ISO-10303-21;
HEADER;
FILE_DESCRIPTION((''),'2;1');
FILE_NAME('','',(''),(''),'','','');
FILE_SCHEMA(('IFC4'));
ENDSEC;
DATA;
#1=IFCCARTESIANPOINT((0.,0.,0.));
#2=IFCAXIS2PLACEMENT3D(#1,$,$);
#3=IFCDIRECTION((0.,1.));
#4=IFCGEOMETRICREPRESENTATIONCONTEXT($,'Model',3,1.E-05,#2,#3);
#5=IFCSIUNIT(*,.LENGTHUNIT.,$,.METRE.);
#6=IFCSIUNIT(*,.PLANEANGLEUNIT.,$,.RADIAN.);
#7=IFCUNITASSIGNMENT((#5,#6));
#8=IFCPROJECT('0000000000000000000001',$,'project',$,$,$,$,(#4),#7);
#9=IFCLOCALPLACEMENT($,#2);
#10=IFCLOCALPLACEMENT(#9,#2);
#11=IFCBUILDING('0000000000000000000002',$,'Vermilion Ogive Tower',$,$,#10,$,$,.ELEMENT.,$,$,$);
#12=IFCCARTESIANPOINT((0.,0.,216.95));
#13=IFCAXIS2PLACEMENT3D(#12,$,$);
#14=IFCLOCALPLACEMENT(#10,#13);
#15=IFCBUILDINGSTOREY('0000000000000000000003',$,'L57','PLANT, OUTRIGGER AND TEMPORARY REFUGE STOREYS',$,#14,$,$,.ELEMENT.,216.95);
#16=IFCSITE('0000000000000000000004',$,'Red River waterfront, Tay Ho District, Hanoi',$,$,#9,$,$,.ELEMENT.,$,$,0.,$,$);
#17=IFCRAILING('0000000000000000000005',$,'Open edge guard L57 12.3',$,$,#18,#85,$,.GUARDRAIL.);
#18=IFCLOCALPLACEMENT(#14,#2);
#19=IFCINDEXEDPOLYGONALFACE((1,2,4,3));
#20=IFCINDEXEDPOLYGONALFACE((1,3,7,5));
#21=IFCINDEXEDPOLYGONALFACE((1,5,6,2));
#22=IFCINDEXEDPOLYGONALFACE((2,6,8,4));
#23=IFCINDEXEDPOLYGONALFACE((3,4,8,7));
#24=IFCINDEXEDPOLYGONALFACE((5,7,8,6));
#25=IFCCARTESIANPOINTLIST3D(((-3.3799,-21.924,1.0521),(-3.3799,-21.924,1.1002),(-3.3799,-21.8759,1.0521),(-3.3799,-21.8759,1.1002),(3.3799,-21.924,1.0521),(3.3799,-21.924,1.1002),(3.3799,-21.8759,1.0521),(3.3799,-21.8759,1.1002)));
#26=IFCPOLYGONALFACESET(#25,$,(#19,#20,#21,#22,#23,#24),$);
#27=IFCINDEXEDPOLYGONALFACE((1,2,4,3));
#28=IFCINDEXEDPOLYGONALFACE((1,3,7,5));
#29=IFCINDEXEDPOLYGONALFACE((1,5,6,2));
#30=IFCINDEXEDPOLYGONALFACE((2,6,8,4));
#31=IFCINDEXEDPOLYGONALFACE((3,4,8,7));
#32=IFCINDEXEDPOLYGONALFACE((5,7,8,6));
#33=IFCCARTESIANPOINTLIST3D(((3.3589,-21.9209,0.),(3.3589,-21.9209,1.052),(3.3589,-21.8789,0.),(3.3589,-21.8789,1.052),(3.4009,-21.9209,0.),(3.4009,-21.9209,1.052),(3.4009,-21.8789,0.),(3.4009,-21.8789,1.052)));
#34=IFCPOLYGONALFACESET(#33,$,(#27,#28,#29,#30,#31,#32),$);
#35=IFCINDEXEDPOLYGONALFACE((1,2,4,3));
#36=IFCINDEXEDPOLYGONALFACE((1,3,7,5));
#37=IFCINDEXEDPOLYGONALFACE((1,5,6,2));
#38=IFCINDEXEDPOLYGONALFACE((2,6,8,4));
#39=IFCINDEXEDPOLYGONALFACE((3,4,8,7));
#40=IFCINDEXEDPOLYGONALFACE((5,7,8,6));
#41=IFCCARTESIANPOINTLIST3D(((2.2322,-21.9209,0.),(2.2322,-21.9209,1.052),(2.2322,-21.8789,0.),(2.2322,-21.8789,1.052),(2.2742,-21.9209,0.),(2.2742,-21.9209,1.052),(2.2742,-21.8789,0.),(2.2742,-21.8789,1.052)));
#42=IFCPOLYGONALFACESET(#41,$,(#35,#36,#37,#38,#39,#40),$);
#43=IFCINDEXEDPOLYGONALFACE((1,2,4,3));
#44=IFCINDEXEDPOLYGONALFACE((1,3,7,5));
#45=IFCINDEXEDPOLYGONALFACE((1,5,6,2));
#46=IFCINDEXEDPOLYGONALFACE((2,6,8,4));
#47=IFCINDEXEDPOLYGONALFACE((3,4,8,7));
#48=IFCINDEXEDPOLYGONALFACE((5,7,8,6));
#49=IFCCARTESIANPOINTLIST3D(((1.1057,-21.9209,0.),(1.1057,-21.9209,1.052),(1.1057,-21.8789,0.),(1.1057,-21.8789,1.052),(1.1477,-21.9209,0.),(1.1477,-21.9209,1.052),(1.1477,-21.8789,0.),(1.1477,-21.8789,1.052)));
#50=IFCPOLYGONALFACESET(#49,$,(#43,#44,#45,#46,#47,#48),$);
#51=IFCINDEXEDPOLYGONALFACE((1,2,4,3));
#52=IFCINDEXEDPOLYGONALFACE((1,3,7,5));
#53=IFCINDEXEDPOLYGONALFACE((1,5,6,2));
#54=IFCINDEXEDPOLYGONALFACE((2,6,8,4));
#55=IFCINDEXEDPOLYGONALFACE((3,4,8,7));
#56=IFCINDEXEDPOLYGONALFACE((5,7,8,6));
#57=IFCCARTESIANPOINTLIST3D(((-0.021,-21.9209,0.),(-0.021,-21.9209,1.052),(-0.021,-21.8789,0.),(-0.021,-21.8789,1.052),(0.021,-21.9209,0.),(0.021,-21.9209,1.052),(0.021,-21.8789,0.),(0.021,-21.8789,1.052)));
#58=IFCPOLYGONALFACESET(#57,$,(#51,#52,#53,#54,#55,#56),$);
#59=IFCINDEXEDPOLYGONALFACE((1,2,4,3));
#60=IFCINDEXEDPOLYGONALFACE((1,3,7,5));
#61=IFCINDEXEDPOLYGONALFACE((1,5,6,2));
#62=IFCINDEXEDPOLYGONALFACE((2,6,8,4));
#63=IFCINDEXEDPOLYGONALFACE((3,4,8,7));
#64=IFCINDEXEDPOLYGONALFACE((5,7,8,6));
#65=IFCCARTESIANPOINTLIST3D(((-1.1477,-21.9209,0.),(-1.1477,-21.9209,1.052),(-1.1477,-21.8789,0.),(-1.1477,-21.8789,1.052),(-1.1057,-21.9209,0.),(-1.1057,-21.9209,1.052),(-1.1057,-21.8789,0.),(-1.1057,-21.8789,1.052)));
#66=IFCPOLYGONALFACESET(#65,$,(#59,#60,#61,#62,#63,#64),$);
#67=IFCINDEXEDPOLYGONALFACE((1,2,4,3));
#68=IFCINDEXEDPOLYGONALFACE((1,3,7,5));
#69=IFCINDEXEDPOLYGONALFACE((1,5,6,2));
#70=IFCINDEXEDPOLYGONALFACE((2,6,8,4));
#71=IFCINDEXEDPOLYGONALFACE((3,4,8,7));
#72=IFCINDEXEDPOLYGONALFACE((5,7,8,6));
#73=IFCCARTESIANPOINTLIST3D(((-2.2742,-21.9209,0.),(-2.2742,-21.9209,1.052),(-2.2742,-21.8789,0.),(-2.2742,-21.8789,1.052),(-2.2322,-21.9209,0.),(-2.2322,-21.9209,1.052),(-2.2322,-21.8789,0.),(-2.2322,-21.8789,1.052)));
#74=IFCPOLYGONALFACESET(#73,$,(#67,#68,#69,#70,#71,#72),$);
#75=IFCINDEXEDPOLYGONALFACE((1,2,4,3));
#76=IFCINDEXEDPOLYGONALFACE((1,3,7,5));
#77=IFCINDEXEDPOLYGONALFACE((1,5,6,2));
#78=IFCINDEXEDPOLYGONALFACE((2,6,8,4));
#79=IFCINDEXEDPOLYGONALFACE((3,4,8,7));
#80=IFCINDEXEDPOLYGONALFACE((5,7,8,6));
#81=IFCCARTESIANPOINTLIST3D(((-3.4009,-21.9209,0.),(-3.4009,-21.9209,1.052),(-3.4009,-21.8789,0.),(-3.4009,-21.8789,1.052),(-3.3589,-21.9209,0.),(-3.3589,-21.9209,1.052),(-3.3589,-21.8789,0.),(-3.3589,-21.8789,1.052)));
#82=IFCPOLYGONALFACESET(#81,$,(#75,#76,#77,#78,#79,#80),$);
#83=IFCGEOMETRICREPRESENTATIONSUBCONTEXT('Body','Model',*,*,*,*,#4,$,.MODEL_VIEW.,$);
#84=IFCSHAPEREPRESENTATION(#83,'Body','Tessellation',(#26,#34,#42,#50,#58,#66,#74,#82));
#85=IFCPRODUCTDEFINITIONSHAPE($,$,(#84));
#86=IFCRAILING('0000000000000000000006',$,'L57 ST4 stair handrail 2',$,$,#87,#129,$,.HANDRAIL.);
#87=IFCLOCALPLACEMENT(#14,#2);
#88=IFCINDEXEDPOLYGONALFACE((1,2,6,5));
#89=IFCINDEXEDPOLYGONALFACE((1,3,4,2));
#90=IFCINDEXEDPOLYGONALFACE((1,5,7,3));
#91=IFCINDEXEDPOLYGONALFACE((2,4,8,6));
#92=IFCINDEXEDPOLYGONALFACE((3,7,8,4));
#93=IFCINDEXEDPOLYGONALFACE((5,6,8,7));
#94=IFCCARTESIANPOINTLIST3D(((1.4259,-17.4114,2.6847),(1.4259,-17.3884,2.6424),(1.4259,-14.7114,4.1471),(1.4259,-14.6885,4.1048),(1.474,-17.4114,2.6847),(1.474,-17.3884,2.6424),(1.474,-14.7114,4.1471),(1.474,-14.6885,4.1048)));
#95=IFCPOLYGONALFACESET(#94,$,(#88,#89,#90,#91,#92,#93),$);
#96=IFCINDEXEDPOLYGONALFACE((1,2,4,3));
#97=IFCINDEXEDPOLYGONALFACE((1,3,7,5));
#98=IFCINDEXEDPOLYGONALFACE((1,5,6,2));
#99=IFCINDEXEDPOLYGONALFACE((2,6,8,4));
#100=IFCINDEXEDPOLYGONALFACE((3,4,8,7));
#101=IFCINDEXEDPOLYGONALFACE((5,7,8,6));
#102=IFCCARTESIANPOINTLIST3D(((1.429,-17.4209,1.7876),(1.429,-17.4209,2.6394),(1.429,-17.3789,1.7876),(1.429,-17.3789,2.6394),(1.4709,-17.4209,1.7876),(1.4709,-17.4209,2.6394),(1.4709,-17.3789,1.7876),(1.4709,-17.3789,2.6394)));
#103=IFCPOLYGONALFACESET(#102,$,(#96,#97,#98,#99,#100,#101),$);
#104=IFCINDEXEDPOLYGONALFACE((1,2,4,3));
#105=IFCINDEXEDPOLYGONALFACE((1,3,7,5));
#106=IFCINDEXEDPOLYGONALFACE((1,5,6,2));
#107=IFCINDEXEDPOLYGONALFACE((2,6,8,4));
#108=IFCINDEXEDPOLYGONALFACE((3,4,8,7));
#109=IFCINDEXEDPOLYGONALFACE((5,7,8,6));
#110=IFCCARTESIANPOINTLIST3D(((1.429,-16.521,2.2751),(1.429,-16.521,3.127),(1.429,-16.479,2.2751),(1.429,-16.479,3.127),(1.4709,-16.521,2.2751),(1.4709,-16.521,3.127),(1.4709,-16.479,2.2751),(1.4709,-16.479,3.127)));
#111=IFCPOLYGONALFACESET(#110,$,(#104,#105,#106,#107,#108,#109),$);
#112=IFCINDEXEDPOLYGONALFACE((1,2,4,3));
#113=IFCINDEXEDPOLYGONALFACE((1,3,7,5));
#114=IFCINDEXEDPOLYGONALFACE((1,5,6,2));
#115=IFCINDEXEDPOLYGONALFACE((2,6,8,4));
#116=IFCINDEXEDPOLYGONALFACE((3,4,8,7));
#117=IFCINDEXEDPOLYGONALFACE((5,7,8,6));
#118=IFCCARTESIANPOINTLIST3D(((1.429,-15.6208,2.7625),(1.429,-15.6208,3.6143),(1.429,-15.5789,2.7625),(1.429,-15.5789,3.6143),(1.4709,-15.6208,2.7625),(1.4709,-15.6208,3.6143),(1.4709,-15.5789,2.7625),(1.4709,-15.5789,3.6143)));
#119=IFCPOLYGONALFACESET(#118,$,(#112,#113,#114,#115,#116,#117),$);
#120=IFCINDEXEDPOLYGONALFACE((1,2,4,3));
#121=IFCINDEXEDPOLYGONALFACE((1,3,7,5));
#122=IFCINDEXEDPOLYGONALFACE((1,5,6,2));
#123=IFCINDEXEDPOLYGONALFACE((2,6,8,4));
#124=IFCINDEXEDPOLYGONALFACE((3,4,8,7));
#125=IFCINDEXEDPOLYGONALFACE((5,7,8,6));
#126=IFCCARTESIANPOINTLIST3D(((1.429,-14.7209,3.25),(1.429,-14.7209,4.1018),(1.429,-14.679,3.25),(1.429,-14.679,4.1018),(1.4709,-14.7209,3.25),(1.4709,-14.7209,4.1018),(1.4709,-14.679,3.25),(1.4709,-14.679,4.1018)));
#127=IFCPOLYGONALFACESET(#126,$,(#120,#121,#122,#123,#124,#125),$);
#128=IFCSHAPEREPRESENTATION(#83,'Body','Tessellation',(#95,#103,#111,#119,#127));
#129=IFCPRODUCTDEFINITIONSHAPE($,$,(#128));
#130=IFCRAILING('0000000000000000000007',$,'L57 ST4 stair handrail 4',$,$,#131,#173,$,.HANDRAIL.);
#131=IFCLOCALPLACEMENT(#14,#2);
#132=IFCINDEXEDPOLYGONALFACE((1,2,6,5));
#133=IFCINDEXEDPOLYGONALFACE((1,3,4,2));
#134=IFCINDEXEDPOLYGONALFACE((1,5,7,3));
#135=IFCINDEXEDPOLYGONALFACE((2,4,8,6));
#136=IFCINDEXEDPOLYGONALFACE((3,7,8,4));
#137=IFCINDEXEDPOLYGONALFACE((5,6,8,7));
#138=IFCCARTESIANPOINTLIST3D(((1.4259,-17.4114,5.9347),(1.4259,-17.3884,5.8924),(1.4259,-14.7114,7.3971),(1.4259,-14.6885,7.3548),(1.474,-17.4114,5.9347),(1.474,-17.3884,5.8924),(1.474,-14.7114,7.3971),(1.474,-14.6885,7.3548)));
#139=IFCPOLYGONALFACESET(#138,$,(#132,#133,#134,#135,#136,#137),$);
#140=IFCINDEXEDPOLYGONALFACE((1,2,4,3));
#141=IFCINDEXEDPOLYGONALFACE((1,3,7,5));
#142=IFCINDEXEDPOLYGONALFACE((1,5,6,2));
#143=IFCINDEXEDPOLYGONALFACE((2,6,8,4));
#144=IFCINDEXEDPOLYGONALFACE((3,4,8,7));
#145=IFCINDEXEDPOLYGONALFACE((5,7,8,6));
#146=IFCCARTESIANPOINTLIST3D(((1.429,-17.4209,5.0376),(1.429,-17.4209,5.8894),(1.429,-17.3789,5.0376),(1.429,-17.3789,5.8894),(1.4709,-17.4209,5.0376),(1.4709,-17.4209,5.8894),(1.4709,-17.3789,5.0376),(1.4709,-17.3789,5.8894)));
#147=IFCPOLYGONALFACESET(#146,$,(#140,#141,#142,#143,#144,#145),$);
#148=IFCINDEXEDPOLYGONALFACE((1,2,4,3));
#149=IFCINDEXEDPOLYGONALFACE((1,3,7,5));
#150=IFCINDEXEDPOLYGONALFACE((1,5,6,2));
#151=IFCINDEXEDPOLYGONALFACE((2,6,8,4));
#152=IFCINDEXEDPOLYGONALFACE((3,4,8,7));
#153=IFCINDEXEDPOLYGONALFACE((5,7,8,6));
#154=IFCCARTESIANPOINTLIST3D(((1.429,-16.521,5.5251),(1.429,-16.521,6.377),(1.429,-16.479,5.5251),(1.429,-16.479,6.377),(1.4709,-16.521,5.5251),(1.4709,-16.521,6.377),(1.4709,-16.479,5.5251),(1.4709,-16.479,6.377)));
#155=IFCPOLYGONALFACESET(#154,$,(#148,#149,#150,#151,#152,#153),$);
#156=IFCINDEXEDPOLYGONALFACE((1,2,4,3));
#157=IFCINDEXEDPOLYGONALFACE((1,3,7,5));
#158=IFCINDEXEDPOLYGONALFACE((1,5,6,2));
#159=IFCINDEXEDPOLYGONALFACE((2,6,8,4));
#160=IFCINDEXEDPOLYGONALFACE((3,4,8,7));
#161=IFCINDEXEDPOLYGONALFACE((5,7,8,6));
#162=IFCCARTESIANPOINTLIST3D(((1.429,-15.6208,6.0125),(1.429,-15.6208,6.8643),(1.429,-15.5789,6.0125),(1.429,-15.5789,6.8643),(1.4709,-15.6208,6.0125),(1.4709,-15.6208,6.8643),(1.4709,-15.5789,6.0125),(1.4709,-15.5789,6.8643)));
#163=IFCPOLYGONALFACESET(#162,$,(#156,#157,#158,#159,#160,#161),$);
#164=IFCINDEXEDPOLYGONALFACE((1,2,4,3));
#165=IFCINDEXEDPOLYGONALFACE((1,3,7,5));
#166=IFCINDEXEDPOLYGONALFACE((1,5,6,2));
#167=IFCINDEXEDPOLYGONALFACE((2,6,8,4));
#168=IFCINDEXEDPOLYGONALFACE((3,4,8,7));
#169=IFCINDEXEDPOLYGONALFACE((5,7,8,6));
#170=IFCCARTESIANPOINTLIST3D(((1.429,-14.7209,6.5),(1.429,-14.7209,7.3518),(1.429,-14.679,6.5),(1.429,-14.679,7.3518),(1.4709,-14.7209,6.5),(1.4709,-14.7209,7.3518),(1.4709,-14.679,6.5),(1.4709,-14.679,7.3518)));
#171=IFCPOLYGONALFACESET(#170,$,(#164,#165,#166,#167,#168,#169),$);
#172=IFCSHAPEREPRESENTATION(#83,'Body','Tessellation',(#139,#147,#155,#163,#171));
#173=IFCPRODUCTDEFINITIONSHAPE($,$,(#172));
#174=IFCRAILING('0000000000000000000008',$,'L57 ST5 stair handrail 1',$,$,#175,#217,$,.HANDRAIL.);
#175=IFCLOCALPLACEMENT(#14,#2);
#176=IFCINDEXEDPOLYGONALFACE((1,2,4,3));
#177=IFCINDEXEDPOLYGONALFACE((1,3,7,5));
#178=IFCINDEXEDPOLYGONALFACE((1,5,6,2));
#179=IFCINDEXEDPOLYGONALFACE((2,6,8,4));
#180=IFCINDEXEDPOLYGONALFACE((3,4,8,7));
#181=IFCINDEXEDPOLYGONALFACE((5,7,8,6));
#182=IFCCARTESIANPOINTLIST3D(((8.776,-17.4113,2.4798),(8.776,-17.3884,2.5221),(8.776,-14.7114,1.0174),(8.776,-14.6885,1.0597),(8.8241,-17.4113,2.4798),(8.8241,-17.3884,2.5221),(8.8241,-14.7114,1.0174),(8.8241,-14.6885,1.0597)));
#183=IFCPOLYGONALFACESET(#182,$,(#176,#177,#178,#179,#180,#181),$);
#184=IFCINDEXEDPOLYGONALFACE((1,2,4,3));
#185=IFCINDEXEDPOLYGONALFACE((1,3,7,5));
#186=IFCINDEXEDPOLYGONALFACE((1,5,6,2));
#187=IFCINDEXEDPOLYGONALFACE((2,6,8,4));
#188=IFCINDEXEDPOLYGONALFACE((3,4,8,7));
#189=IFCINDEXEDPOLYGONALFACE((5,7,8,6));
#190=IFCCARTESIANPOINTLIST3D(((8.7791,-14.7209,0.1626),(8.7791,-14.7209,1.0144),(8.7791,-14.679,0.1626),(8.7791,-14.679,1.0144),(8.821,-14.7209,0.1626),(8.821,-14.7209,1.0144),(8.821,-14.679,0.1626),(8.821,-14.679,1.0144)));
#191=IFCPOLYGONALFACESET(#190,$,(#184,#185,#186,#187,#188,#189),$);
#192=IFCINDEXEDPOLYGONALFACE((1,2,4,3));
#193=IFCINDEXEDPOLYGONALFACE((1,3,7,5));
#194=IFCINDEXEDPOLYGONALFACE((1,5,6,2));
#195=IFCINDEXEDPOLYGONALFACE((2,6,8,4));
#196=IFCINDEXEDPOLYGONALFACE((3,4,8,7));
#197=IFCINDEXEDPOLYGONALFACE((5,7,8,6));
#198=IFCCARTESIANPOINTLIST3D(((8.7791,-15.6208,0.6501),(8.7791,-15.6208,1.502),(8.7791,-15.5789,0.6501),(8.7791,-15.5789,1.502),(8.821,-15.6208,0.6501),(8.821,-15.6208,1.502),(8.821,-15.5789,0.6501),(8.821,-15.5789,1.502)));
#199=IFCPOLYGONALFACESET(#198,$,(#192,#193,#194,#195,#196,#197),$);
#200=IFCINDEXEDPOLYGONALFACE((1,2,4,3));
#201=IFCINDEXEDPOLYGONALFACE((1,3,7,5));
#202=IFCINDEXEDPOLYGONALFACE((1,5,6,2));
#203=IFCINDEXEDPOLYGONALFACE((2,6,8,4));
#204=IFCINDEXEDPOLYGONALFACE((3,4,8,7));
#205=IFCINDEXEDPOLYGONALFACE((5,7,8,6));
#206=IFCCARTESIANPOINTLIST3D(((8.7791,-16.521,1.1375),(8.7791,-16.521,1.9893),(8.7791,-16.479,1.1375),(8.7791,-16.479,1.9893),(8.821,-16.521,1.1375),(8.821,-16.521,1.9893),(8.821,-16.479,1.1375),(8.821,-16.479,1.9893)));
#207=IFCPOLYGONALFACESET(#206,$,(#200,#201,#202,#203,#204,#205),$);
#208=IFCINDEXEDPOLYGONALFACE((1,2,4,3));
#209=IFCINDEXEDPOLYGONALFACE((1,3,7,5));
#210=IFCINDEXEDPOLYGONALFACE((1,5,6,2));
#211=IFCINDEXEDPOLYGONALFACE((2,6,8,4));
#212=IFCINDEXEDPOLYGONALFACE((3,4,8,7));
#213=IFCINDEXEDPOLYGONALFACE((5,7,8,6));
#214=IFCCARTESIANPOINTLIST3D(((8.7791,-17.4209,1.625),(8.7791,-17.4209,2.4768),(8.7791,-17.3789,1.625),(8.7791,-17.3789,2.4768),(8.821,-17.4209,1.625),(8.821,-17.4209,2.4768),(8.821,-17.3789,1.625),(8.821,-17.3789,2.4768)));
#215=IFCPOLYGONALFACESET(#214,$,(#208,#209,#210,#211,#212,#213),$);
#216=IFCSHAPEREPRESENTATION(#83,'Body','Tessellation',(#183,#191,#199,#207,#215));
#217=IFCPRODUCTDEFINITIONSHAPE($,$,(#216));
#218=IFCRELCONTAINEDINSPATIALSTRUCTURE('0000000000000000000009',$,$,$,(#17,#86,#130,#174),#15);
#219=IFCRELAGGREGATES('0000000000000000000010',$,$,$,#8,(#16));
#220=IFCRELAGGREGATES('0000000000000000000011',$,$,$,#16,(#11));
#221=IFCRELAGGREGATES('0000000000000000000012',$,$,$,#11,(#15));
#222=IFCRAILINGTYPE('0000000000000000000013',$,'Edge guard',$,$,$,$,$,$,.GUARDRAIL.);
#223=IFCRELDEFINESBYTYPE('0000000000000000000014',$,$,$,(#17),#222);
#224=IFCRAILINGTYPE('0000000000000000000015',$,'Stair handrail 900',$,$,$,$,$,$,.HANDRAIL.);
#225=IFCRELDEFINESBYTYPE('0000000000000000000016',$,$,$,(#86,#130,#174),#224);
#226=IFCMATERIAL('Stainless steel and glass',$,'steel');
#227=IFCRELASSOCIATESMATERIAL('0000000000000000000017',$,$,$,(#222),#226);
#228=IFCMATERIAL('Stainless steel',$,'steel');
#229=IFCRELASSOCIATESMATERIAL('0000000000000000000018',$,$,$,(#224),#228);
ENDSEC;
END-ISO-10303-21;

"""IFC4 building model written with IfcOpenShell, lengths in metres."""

from ifc_helpers import new_model, si_unit, direction, frame, origin, origin_2d, place, context, subcontext, project, spatial, rectangle, extrude, material, type_object, element, save


model = new_model("IFC4")

# Units and contexts
model_context = context("Model", 3, precision=1e-05, world=origin(), true_north=direction((0.0, 1.0)))
body_context = subcontext(model_context, "Body", "Model", "MODEL_VIEW")
ifc_project = project(units=[si_unit("LENGTHUNIT", "METRE"), si_unit("PLANEANGLEUNIT", "RADIAN")], contexts=[model_context])

# Site, building, storey
site_placement = place(None, origin())
site = spatial("IfcSite", under=ifc_project, at=site_placement, Name="Red River waterfront, Tay Ho District, Hanoi", CompositionType="ELEMENT", RefElevation=0.0)
building_placement = place(site_placement, origin())
building = spatial("IfcBuilding", under=site, at=building_placement, Name="Vermilion Ogive Tower", CompositionType="ELEMENT")
storey_placement = place(building_placement, frame((0.0, 0.0, 216.95)))
storey = spatial("IfcBuildingStorey", under=building, at=storey_placement, Name="L57", Description="PLANT, OUTRIGGER AND TEMPORARY REFUGE STOREYS", CompositionType="ELEMENT", Elevation=216.95)

# Railings
ifc_material_1 = material(Name="Stainless steel and glass", Category="steel")
railing_type_1 = type_object("IfcRailingType", Name="Edge guard", PredefinedType="GUARDRAIL", material=ifc_material_1)
railing_1_placement = place(storey_placement, frame((3.3799, -21.8999, 0.0)))
element("IfcRailing", 1, at=railing_1_placement, inside=storey, type_object=railing_type_1, Name="Open edge guard L57 12.3", PredefinedType="GUARDRAIL", context=body_context, shape_type="SweptSolid", body=[
    extrude(rectangle(XDim=0.0481, YDim=0.0481, at=origin_2d()), frame((0.0, 0.0, 1.0762), z_axis=(-1.0, 0.0, 0.0), x_axis=(0.0, -1.0, 0.0)), (0.0, 0.0, 1.0), 6.7598),
    extrude(rectangle(XDim=0.042, YDim=0.042, at=origin_2d()), origin(), (0.0, 0.0, 1.0), 1.052),
    extrude(rectangle(XDim=0.042, YDim=0.042, at=origin_2d()), frame((-1.1267, 0.0, 0.0)), (0.0, 0.0, 1.0), 1.052),
    extrude(rectangle(XDim=0.042, YDim=0.042, at=origin_2d()), frame((-2.2532, 0.0, 0.0)), (0.0, 0.0, 1.0), 1.052),
    extrude(rectangle(XDim=0.042, YDim=0.042, at=origin_2d()), frame((-3.3799, 0.0, 0.0)), (0.0, 0.0, 1.0), 1.052),
    extrude(rectangle(XDim=0.042, YDim=0.042, at=origin_2d()), frame((-4.5066, 0.0, 0.0)), (0.0, 0.0, 1.0), 1.052),
    extrude(rectangle(XDim=0.042, YDim=0.042, at=origin_2d()), frame((-5.6331, 0.0, 0.0)), (0.0, 0.0, 1.0), 1.052),
    extrude(rectangle(XDim=0.042, YDim=0.042, at=origin_2d()), frame((-6.7598, 0.0, 0.0)), (0.0, 0.0, 1.0), 1.052),
])
ifc_material_2 = material(Name="Stainless steel", Category="steel")
railing_type_2 = type_object("IfcRailingType", Name="Stair handrail 900", PredefinedType="HANDRAIL", material=ifc_material_2)
for number, where, name in (
    (2, (1.45, -17.3999, 1.7876), "L57 ST4 stair handrail 2"),
    (3, (1.45, -17.3999, 5.0376), "L57 ST4 stair handrail 4"),
):
    element("IfcRailing", number, at=place(storey_placement, frame(where)), inside=storey, type_object=railing_type_2, Name=name, PredefinedType="HANDRAIL", context=body_context, shape_type="SweptSolid", body=[
        extrude(rectangle(XDim=0.0481, YDim=0.0481, at=origin_2d()), frame((0.0, 0.0, 0.876), z_axis=(0.0, 0.879302, 0.476265), x_axis=(-1.0, 0.0, 0.0)), (0.0, 0.0, 1.0), 3.0706),
        extrude(rectangle(XDim=0.042, YDim=0.042, at=origin_2d()), origin(), (0.0, 0.0, 1.0), 0.8518),
        extrude(rectangle(XDim=0.042, YDim=0.042, at=origin_2d()), frame((0.0, 0.8999, 0.4875)), (0.0, 0.0, 1.0), 0.8518),
        extrude(rectangle(XDim=0.042, YDim=0.042, at=origin_2d()), frame((0.0, 1.8, 0.9749)), (0.0, 0.0, 1.0), 0.8518),
        extrude(rectangle(XDim=0.042, YDim=0.042, at=origin_2d()), frame((0.0, 2.7, 1.4624)), (0.0, 0.0, 1.0), 0.8518),
    ])
railing_2_placement = place(storey_placement, frame((8.8, -14.7, 0.1626)))
element("IfcRailing", 4, at=railing_2_placement, inside=storey, type_object=railing_type_2, Name="L57 ST5 stair handrail 1", PredefinedType="HANDRAIL", context=body_context, shape_type="SweptSolid", body=[
    extrude(rectangle(XDim=0.0481, YDim=0.0481, at=origin_2d()), frame((0.0, 0.0, 0.876), z_axis=(0.0, -0.879302, 0.476265), x_axis=(1.0, 0.0, 0.0)), (0.0, 0.0, 1.0), 3.0706),
    extrude(rectangle(XDim=0.042, YDim=0.042, at=origin_2d()), origin(), (0.0, 0.0, 1.0), 0.8518),
    extrude(rectangle(XDim=0.042, YDim=0.042, at=origin_2d()), frame((0.0, -0.8999, 0.4875)), (0.0, 0.0, 1.0), 0.8518),
    extrude(rectangle(XDim=0.042, YDim=0.042, at=origin_2d()), frame((0.0, -1.8, 0.9749)), (0.0, 0.0, 1.0), 0.8518),
    extrude(rectangle(XDim=0.042, YDim=0.042, at=origin_2d()), frame((0.0, -2.7, 1.4624)), (0.0, 0.0, 1.0), 0.8518),
])

save(model, "model.ifc")
